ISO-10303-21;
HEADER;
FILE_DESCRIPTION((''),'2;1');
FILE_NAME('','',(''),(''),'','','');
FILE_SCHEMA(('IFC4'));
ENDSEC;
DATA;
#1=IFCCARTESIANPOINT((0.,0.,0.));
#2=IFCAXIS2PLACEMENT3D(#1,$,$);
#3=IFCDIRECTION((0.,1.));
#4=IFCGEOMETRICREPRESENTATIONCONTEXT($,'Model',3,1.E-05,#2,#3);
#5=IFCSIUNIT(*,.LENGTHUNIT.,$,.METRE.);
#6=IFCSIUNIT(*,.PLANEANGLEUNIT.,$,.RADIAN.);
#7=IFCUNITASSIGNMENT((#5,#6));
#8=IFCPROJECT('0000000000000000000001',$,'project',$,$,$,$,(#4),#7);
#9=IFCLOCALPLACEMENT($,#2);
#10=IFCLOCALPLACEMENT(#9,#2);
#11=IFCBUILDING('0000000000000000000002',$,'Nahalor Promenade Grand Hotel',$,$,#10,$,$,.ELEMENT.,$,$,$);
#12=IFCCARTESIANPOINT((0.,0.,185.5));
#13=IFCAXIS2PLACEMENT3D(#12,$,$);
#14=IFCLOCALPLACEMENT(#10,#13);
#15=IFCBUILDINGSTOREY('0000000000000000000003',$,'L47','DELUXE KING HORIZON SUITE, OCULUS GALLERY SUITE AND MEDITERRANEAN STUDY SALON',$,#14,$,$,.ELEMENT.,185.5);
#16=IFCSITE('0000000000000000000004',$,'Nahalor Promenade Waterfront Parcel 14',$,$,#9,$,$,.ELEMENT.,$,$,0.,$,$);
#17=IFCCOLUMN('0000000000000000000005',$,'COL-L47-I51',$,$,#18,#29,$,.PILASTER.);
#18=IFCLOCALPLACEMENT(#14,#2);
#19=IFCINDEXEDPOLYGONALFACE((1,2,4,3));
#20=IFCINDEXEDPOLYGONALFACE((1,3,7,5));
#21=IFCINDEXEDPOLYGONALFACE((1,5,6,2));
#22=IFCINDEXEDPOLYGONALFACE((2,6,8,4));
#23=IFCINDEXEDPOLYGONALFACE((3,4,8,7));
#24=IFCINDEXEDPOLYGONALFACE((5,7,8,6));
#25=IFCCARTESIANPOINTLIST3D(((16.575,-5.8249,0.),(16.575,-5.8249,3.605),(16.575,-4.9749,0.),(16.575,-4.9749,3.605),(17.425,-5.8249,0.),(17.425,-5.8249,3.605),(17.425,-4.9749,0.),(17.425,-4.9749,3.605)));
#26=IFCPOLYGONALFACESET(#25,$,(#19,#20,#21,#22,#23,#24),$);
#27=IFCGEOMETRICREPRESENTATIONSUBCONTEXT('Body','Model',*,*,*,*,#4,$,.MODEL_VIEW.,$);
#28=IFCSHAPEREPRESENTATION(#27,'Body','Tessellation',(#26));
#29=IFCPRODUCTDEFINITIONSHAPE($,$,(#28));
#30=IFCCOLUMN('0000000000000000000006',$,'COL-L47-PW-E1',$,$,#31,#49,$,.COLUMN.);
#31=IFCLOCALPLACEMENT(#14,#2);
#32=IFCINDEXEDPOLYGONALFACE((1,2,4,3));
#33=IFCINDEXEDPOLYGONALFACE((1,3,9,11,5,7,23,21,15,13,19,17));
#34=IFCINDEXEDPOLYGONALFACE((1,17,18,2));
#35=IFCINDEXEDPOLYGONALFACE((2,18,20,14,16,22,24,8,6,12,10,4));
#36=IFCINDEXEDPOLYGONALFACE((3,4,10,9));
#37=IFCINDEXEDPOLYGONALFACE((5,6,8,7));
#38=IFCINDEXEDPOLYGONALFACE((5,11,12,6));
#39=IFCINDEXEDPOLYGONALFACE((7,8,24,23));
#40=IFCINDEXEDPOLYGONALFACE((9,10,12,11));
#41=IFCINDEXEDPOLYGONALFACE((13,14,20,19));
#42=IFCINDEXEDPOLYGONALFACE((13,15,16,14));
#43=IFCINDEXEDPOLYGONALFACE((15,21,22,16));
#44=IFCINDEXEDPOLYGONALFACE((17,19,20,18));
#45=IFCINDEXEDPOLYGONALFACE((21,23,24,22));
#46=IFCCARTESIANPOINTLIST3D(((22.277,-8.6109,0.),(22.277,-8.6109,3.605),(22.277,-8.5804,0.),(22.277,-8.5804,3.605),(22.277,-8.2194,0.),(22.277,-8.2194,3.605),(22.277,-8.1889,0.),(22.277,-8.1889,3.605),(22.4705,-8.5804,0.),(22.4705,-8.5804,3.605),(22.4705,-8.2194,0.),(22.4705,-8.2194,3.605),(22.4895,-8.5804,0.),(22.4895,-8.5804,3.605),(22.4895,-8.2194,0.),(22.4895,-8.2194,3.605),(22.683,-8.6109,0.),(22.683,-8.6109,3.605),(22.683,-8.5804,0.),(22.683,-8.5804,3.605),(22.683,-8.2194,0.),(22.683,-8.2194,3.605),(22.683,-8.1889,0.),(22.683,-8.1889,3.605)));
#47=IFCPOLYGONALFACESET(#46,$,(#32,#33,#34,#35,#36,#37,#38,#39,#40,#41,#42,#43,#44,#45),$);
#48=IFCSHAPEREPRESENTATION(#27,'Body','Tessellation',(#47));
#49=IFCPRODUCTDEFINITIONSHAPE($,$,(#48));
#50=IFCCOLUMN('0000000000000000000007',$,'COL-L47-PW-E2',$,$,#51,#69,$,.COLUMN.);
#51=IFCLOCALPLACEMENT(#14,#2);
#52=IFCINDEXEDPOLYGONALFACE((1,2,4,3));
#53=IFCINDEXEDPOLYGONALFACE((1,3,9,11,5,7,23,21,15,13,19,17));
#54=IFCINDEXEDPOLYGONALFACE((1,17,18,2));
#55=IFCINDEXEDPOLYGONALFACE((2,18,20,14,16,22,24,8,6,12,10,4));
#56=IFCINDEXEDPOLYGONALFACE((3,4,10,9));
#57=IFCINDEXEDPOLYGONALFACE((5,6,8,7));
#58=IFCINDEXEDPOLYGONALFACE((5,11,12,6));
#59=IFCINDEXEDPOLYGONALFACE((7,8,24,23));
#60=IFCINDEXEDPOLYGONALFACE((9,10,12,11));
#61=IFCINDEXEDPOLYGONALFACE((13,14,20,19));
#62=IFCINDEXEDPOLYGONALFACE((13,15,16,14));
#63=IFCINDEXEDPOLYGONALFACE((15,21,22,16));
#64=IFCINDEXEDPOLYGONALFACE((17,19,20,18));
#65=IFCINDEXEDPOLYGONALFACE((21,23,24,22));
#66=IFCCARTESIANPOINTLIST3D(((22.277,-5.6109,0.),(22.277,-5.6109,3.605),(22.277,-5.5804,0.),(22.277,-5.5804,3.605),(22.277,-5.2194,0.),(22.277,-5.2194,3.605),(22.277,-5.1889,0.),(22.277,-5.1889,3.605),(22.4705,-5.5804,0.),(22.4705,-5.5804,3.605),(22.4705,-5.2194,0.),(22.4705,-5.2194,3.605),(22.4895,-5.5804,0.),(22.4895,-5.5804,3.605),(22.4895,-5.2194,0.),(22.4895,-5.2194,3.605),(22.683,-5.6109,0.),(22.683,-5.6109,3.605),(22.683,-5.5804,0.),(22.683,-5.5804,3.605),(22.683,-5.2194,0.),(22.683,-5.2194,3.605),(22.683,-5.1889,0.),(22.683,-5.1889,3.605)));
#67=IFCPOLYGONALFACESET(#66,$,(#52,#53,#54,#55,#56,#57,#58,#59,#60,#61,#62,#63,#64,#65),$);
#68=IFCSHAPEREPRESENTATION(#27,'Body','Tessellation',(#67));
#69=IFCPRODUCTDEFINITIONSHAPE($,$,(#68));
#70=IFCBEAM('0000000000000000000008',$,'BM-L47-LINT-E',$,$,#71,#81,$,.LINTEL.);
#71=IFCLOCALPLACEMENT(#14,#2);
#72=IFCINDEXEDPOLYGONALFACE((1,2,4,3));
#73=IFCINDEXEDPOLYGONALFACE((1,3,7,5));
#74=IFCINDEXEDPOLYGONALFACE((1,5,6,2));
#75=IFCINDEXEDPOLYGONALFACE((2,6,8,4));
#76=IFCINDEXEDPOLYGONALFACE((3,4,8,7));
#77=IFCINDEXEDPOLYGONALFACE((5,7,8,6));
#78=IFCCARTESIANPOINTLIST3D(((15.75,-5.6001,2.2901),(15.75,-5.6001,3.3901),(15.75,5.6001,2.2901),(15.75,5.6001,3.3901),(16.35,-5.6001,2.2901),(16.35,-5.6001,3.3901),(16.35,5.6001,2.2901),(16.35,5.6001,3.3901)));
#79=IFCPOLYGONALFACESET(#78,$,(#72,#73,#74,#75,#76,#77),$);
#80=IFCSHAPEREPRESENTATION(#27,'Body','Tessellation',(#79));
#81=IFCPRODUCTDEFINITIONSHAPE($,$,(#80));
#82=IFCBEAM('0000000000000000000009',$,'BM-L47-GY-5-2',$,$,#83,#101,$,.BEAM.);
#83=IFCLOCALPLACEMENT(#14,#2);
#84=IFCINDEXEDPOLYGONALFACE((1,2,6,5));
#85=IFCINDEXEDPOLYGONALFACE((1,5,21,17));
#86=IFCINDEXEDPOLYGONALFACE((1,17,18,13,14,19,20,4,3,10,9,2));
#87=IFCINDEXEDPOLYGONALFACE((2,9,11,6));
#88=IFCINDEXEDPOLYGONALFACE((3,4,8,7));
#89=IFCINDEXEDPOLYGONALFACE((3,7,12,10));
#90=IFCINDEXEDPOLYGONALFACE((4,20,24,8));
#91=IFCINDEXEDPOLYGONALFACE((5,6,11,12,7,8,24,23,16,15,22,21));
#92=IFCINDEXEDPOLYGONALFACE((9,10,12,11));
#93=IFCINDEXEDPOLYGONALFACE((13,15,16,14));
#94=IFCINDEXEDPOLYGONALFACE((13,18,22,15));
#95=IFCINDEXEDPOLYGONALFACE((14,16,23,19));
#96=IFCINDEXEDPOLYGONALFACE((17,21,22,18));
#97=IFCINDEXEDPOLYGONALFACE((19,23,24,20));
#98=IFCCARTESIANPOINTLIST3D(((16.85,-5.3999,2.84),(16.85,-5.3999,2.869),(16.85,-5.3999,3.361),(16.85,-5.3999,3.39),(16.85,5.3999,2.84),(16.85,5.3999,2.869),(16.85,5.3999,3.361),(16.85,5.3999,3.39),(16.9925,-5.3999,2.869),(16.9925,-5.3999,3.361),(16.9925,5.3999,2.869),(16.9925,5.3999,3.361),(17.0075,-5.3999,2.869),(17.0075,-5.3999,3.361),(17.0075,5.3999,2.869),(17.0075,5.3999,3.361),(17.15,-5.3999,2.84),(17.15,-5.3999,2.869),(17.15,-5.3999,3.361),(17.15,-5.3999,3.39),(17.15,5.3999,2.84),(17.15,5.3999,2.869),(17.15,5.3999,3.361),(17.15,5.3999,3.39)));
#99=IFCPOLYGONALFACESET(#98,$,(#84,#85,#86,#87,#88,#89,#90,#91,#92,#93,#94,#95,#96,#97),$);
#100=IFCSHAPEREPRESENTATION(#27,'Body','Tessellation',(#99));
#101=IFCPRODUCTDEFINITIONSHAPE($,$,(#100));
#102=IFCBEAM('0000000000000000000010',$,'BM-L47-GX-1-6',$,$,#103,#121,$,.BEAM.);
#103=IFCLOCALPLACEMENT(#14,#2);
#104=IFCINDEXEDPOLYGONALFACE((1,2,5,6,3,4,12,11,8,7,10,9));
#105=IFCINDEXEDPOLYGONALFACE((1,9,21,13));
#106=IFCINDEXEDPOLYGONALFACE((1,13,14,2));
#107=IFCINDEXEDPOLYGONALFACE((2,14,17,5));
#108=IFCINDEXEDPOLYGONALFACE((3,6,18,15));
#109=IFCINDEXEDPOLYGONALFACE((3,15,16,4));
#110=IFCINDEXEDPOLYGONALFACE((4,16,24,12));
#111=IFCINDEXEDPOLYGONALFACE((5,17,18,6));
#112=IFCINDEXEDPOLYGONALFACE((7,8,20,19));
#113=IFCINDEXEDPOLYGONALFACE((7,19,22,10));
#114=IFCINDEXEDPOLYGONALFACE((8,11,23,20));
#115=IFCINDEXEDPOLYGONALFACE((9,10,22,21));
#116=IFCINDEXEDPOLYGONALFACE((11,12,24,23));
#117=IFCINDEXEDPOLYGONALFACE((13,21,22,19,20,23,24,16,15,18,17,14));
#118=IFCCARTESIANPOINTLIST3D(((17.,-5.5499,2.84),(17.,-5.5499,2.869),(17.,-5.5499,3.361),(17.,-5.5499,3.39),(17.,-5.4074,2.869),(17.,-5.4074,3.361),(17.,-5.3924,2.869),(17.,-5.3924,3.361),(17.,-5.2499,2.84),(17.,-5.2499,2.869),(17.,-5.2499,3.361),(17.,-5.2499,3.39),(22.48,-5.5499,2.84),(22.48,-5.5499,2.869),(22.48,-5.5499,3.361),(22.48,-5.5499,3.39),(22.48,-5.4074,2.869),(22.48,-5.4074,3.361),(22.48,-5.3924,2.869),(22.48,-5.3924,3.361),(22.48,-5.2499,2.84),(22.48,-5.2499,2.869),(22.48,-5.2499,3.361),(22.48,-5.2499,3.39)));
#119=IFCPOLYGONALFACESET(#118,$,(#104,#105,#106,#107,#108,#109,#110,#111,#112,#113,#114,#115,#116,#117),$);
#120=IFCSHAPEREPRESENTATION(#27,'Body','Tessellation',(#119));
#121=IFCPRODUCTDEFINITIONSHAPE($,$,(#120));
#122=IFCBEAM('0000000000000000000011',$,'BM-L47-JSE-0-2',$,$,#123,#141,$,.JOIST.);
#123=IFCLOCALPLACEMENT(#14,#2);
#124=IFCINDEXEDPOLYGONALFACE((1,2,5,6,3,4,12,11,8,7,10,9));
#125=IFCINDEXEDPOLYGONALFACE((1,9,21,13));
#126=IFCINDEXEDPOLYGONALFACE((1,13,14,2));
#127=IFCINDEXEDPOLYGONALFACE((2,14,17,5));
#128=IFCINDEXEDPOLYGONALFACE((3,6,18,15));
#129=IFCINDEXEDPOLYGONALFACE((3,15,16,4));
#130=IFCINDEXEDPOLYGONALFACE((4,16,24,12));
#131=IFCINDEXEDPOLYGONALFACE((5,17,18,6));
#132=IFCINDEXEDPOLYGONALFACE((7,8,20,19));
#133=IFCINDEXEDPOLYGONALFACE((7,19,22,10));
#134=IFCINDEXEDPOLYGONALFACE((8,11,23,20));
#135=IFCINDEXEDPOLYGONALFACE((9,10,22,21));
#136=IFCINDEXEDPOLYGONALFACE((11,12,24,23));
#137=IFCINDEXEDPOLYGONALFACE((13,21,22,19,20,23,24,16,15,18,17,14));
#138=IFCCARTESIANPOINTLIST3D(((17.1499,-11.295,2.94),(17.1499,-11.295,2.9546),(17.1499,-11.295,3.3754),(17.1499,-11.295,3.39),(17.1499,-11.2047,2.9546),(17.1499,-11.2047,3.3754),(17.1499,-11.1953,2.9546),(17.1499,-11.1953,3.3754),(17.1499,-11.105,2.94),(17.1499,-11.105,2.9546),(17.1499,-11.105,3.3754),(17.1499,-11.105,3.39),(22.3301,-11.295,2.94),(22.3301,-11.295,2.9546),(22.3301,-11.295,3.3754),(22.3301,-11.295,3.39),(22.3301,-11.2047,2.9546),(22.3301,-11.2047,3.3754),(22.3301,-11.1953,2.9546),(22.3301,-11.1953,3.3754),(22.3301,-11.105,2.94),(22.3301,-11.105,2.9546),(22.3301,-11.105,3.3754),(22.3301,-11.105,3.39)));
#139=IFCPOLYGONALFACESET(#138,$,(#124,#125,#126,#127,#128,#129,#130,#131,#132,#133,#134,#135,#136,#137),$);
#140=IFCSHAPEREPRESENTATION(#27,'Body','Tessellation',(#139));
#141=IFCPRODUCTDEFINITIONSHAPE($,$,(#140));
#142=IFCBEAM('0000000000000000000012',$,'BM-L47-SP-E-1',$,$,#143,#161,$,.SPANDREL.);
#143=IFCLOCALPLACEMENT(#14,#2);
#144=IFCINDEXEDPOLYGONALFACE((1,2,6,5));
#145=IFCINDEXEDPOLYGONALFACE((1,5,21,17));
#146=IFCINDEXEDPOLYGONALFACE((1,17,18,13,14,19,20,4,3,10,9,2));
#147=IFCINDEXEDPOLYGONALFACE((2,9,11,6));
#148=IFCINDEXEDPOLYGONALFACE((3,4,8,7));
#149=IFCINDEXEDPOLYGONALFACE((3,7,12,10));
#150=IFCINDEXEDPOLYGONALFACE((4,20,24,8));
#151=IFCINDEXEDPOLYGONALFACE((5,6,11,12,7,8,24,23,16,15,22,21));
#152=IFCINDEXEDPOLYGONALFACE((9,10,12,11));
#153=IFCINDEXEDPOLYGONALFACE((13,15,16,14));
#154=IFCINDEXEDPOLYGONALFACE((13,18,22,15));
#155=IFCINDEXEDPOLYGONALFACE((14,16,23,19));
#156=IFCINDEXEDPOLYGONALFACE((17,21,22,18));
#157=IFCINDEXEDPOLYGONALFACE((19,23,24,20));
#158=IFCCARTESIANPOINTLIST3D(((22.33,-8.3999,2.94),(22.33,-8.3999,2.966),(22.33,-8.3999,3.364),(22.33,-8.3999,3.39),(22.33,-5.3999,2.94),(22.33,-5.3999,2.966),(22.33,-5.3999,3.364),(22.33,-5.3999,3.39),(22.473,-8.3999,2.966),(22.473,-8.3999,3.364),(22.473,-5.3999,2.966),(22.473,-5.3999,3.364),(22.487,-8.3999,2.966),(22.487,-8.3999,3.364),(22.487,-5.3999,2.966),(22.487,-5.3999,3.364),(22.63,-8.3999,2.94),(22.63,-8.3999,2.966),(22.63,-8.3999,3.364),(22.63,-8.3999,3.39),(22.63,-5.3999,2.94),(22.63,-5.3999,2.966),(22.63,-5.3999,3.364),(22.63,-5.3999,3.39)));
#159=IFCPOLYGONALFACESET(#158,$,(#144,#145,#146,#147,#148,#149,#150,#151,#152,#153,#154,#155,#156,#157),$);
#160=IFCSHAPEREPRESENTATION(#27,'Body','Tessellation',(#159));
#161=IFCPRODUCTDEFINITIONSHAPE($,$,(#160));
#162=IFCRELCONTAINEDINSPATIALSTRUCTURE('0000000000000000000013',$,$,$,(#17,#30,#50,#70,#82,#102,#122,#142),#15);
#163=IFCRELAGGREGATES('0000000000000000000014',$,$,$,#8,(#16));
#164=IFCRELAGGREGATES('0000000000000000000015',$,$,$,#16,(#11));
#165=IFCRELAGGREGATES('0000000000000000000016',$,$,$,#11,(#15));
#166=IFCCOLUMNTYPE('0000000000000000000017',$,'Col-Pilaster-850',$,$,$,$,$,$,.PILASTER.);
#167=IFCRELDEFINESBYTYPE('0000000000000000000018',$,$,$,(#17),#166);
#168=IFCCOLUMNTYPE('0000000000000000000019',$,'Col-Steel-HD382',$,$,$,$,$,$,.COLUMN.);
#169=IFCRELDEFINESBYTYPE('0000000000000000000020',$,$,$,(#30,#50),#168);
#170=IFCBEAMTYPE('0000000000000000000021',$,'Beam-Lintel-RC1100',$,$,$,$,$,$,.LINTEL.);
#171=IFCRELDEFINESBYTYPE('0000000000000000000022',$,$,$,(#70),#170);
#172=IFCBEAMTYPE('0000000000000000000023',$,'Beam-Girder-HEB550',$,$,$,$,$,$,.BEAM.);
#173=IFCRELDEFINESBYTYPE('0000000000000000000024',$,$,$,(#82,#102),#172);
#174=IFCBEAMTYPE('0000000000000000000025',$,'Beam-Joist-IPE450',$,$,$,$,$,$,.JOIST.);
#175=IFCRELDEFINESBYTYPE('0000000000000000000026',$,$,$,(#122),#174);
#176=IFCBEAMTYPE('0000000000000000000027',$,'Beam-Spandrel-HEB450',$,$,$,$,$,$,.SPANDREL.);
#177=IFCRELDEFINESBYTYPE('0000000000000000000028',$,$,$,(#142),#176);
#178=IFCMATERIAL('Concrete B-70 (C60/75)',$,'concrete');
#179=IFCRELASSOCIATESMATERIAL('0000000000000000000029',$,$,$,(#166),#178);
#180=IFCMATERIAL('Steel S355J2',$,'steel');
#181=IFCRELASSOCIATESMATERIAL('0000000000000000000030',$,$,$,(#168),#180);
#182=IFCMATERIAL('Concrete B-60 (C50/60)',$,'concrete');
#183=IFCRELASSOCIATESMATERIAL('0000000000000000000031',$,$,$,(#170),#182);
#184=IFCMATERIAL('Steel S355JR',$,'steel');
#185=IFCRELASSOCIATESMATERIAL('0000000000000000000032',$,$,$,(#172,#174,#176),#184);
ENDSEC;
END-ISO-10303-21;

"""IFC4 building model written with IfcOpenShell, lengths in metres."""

from ifc_helpers import new_model, si_unit, direction, frame, origin, origin_2d, place, context, subcontext, project, spatial, rectangle, i_section, extrude, source, transform, mapped, material, material_profile, profile_set, type_object, element, save


model = new_model("IFC4")

# Units and contexts
model_context = context("Model", 3, precision=1e-05, world=origin(), true_north=direction((0.0, 1.0)))
body_context = subcontext(model_context, "Body", "Model", "MODEL_VIEW")
ifc_project = project(units=[si_unit("LENGTHUNIT", "METRE"), si_unit("PLANEANGLEUNIT", "RADIAN")], contexts=[model_context])

# Site, building, storey
site_placement = place(None, origin())
site = spatial("IfcSite", under=ifc_project, at=site_placement, Name="Nahalor Promenade Waterfront Parcel 14", CompositionType="ELEMENT", RefElevation=0.0)
building_placement = place(site_placement, origin())
building = spatial("IfcBuilding", under=site, at=building_placement, Name="Nahalor Promenade Grand Hotel", CompositionType="ELEMENT")
storey_placement = place(building_placement, frame((0.0, 0.0, 185.5)))
storey = spatial("IfcBuildingStorey", under=building, at=storey_placement, Name="L47", Description="DELUXE KING HORIZON SUITE, OCULUS GALLERY SUITE AND MEDITERRANEAN STUDY SALON", CompositionType="ELEMENT", Elevation=185.5)

# Columns
ifc_material_1 = material(Name="Concrete B-70 (C60/75)", Category="concrete")
ifc_material_profile_1 = material_profile(ifc_material_1, rectangle(XDim=0.85, YDim=0.85, at=origin_2d()), Name="RC 850x850")
ifc_profile_set_1 = profile_set([ifc_material_profile_1], Name="Concrete B-70 (C60/75)")
column_type_1 = type_object("IfcColumnType", Name="Col-Pilaster-850", PredefinedType="PILASTER", material=ifc_profile_set_1)
shared_shape_1 = source(origin(), body_context, "Body", "SweptSolid", [
    extrude(rectangle(XDim=0.85, YDim=0.85, at=origin_2d()), origin(), (0.0, 0.0, 1.0), 3.605),
])
column_placement = place(storey_placement, frame((17.0, -5.3999, 0.0), z_axis=(0.0, 0.0, 1.0), x_axis=(1.0, 0.0, 0.0)))
element("IfcColumn", 1, at=column_placement, inside=storey, type_object=column_type_1, Name="COL-L47-I51", PredefinedType="PILASTER", context=body_context, shape_type="MappedRepresentation", body=[
    mapped(shared_shape_1, transform((0.0, 0.0, 0.0), scale=1.0)),
])
ifc_material_2 = material(Name="Steel S355J2", Category="steel")
ifc_material_profile_2 = material_profile(ifc_material_2, i_section(OverallWidth=0.406, OverallDepth=0.422, WebThickness=0.019, FlangeThickness=0.0305, at=origin_2d()), Name="HD 400x382")
ifc_profile_set_2 = profile_set([ifc_material_profile_2], Name="Steel S355J2")
column_type_2 = type_object("IfcColumnType", Name="Col-Steel-HD382", PredefinedType="COLUMN", material=ifc_profile_set_2)
shared_shape_2 = source(origin(), body_context, "Body", "SweptSolid", [
    extrude(i_section(OverallWidth=0.406, OverallDepth=0.422, WebThickness=0.019, FlangeThickness=0.0305, at=origin_2d()), origin(), (0.0, 0.0, 1.0), 3.605),
])
for number, where, z_axis, x_axis, name in (
    (2, (22.48, -8.3999, 0.0), (0.0, 0.0, 1.0), (1.0, 0.0, 0.0), "COL-L47-PW-E1"),
    (3, (22.48, -5.3999, 0.0), (0.0, 0.0, 1.0), (1.0, 0.0, 0.0), "COL-L47-PW-E2"),
):
    element("IfcColumn", number, at=place(storey_placement, frame(where, z_axis=z_axis, x_axis=x_axis)), inside=storey, type_object=column_type_2, Name=name, PredefinedType="COLUMN", context=body_context, shape_type="MappedRepresentation", body=[
        mapped(shared_shape_2, transform((0.0, 0.0, 0.0), scale=1.0)),
    ])

# Beams
ifc_material_3 = material(Name="Concrete B-60 (C50/60)", Category="concrete")
ifc_material_profile_3 = material_profile(ifc_material_3, rectangle(XDim=0.6, YDim=1.1, at=origin_2d()), Name="RC 600x1100")
ifc_profile_set_3 = profile_set([ifc_material_profile_3], Name="Concrete B-60 (C50/60)")
beam_type_1 = type_object("IfcBeamType", Name="Beam-Lintel-RC1100", PredefinedType="LINTEL", material=ifc_profile_set_3)
shared_shape_3 = source(origin(), body_context, "Body", "SweptSolid", [
    extrude(rectangle(XDim=0.6, YDim=1.1, at=origin_2d()), origin(), (0.0, 0.0, 1.0), 11.2002),
])
beam_1_placement = place(storey_placement, frame((16.05, -5.6001, 2.8401), z_axis=(0.0, 1.0, 0.0), x_axis=(-1.0, 0.0, 0.0)))
element("IfcBeam", 4, at=beam_1_placement, inside=storey, type_object=beam_type_1, Name="BM-L47-LINT-E", PredefinedType="LINTEL", context=body_context, shape_type="MappedRepresentation", body=[
    mapped(shared_shape_3, transform((0.0, 0.0, 0.0), scale=1.0)),
])
ifc_material_4 = material(Name="Steel S355JR", Category="steel")
ifc_material_profile_4 = material_profile(ifc_material_4, i_section(OverallWidth=0.3, OverallDepth=0.55, WebThickness=0.015, FlangeThickness=0.029, at=origin_2d()), Name="HEB 550")
ifc_profile_set_4 = profile_set([ifc_material_profile_4], Name="Steel S355JR")
beam_type_2 = type_object("IfcBeamType", Name="Beam-Girder-HEB550", PredefinedType="BEAM", material=ifc_profile_set_4)
shared_shape_4 = source(origin(), body_context, "Body", "SweptSolid", [
    extrude(i_section(OverallWidth=0.3, OverallDepth=0.55, WebThickness=0.015, FlangeThickness=0.029, at=origin_2d()), origin(), (0.0, 0.0, 1.0), 10.7998),
])
beam_2_placement = place(storey_placement, frame((17.0, -5.3999, 3.115), z_axis=(0.0, 1.0, 0.0), x_axis=(-1.0, 0.0, 0.0)))
element("IfcBeam", 5, at=beam_2_placement, inside=storey, type_object=beam_type_2, Name="BM-L47-GY-5-2", PredefinedType="BEAM", context=body_context, shape_type="MappedRepresentation", body=[
    mapped(shared_shape_4, transform((0.0, 0.0, 0.0), scale=1.0)),
])
shared_shape_5 = source(origin(), body_context, "Body", "SweptSolid", [
    extrude(i_section(OverallWidth=0.3, OverallDepth=0.55, WebThickness=0.015, FlangeThickness=0.029, at=origin_2d()), origin(), (0.0, 0.0, 1.0), 5.48),
])
beam_3_placement = place(storey_placement, frame((17.0, -5.3999, 3.115), z_axis=(1.0, 0.0, 0.0), x_axis=(0.0, 1.0, 0.0)))
element("IfcBeam", 6, at=beam_3_placement, inside=storey, type_object=beam_type_2, Name="BM-L47-GX-1-6", PredefinedType="BEAM", context=body_context, shape_type="MappedRepresentation", body=[
    mapped(shared_shape_5, transform((0.0, 0.0, 0.0), scale=1.0)),
])
ifc_material_profile_5 = material_profile(ifc_material_4, i_section(OverallWidth=0.19, OverallDepth=0.45, WebThickness=0.0094, FlangeThickness=0.0146, at=origin_2d()), Name="IPE 450")
ifc_profile_set_5 = profile_set([ifc_material_profile_5], Name="Steel S355JR")
beam_type_3 = type_object("IfcBeamType", Name="Beam-Joist-IPE450", PredefinedType="JOIST", material=ifc_profile_set_5)
shared_shape_6 = source(origin(), body_context, "Body", "SweptSolid", [
    extrude(i_section(OverallWidth=0.19, OverallDepth=0.45, WebThickness=0.0094, FlangeThickness=0.0146, at=origin_2d()), origin(), (0.0, 0.0, 1.0), 5.1802),
])
beam_4_placement = place(storey_placement, frame((17.1499, -11.2, 3.165), z_axis=(1.0, 0.0, 0.0), x_axis=(0.0, 1.0, 0.0)))
element("IfcBeam", 7, at=beam_4_placement, inside=storey, type_object=beam_type_3, Name="BM-L47-JSE-0-2", PredefinedType="JOIST", context=body_context, shape_type="MappedRepresentation", body=[
    mapped(shared_shape_6, transform((0.0, 0.0, 0.0), scale=1.0)),
])
ifc_material_profile_6 = material_profile(ifc_material_4, i_section(OverallWidth=0.3, OverallDepth=0.45, WebThickness=0.014, FlangeThickness=0.026, at=origin_2d()), Name="HEB 450")
ifc_profile_set_6 = profile_set([ifc_material_profile_6], Name="Steel S355JR")
beam_type_4 = type_object("IfcBeamType", Name="Beam-Spandrel-HEB450", PredefinedType="SPANDREL", material=ifc_profile_set_6)
shared_shape_7 = source(origin(), body_context, "Body", "SweptSolid", [
    extrude(i_section(OverallWidth=0.3, OverallDepth=0.45, WebThickness=0.014, FlangeThickness=0.026, at=origin_2d()), origin(), (0.0, 0.0, 1.0), 3.0),
])
beam_5_placement = place(storey_placement, frame((22.48, -8.3999, 3.165), z_axis=(0.0, 1.0, 0.0), x_axis=(-1.0, 0.0, 0.0)))
element("IfcBeam", 8, at=beam_5_placement, inside=storey, type_object=beam_type_4, Name="BM-L47-SP-E-1", PredefinedType="SPANDREL", context=body_context, shape_type="MappedRepresentation", body=[
    mapped(shared_shape_7, transform((0.0, 0.0, 0.0), scale=1.0)),
])

save(model, "model.ifc")
